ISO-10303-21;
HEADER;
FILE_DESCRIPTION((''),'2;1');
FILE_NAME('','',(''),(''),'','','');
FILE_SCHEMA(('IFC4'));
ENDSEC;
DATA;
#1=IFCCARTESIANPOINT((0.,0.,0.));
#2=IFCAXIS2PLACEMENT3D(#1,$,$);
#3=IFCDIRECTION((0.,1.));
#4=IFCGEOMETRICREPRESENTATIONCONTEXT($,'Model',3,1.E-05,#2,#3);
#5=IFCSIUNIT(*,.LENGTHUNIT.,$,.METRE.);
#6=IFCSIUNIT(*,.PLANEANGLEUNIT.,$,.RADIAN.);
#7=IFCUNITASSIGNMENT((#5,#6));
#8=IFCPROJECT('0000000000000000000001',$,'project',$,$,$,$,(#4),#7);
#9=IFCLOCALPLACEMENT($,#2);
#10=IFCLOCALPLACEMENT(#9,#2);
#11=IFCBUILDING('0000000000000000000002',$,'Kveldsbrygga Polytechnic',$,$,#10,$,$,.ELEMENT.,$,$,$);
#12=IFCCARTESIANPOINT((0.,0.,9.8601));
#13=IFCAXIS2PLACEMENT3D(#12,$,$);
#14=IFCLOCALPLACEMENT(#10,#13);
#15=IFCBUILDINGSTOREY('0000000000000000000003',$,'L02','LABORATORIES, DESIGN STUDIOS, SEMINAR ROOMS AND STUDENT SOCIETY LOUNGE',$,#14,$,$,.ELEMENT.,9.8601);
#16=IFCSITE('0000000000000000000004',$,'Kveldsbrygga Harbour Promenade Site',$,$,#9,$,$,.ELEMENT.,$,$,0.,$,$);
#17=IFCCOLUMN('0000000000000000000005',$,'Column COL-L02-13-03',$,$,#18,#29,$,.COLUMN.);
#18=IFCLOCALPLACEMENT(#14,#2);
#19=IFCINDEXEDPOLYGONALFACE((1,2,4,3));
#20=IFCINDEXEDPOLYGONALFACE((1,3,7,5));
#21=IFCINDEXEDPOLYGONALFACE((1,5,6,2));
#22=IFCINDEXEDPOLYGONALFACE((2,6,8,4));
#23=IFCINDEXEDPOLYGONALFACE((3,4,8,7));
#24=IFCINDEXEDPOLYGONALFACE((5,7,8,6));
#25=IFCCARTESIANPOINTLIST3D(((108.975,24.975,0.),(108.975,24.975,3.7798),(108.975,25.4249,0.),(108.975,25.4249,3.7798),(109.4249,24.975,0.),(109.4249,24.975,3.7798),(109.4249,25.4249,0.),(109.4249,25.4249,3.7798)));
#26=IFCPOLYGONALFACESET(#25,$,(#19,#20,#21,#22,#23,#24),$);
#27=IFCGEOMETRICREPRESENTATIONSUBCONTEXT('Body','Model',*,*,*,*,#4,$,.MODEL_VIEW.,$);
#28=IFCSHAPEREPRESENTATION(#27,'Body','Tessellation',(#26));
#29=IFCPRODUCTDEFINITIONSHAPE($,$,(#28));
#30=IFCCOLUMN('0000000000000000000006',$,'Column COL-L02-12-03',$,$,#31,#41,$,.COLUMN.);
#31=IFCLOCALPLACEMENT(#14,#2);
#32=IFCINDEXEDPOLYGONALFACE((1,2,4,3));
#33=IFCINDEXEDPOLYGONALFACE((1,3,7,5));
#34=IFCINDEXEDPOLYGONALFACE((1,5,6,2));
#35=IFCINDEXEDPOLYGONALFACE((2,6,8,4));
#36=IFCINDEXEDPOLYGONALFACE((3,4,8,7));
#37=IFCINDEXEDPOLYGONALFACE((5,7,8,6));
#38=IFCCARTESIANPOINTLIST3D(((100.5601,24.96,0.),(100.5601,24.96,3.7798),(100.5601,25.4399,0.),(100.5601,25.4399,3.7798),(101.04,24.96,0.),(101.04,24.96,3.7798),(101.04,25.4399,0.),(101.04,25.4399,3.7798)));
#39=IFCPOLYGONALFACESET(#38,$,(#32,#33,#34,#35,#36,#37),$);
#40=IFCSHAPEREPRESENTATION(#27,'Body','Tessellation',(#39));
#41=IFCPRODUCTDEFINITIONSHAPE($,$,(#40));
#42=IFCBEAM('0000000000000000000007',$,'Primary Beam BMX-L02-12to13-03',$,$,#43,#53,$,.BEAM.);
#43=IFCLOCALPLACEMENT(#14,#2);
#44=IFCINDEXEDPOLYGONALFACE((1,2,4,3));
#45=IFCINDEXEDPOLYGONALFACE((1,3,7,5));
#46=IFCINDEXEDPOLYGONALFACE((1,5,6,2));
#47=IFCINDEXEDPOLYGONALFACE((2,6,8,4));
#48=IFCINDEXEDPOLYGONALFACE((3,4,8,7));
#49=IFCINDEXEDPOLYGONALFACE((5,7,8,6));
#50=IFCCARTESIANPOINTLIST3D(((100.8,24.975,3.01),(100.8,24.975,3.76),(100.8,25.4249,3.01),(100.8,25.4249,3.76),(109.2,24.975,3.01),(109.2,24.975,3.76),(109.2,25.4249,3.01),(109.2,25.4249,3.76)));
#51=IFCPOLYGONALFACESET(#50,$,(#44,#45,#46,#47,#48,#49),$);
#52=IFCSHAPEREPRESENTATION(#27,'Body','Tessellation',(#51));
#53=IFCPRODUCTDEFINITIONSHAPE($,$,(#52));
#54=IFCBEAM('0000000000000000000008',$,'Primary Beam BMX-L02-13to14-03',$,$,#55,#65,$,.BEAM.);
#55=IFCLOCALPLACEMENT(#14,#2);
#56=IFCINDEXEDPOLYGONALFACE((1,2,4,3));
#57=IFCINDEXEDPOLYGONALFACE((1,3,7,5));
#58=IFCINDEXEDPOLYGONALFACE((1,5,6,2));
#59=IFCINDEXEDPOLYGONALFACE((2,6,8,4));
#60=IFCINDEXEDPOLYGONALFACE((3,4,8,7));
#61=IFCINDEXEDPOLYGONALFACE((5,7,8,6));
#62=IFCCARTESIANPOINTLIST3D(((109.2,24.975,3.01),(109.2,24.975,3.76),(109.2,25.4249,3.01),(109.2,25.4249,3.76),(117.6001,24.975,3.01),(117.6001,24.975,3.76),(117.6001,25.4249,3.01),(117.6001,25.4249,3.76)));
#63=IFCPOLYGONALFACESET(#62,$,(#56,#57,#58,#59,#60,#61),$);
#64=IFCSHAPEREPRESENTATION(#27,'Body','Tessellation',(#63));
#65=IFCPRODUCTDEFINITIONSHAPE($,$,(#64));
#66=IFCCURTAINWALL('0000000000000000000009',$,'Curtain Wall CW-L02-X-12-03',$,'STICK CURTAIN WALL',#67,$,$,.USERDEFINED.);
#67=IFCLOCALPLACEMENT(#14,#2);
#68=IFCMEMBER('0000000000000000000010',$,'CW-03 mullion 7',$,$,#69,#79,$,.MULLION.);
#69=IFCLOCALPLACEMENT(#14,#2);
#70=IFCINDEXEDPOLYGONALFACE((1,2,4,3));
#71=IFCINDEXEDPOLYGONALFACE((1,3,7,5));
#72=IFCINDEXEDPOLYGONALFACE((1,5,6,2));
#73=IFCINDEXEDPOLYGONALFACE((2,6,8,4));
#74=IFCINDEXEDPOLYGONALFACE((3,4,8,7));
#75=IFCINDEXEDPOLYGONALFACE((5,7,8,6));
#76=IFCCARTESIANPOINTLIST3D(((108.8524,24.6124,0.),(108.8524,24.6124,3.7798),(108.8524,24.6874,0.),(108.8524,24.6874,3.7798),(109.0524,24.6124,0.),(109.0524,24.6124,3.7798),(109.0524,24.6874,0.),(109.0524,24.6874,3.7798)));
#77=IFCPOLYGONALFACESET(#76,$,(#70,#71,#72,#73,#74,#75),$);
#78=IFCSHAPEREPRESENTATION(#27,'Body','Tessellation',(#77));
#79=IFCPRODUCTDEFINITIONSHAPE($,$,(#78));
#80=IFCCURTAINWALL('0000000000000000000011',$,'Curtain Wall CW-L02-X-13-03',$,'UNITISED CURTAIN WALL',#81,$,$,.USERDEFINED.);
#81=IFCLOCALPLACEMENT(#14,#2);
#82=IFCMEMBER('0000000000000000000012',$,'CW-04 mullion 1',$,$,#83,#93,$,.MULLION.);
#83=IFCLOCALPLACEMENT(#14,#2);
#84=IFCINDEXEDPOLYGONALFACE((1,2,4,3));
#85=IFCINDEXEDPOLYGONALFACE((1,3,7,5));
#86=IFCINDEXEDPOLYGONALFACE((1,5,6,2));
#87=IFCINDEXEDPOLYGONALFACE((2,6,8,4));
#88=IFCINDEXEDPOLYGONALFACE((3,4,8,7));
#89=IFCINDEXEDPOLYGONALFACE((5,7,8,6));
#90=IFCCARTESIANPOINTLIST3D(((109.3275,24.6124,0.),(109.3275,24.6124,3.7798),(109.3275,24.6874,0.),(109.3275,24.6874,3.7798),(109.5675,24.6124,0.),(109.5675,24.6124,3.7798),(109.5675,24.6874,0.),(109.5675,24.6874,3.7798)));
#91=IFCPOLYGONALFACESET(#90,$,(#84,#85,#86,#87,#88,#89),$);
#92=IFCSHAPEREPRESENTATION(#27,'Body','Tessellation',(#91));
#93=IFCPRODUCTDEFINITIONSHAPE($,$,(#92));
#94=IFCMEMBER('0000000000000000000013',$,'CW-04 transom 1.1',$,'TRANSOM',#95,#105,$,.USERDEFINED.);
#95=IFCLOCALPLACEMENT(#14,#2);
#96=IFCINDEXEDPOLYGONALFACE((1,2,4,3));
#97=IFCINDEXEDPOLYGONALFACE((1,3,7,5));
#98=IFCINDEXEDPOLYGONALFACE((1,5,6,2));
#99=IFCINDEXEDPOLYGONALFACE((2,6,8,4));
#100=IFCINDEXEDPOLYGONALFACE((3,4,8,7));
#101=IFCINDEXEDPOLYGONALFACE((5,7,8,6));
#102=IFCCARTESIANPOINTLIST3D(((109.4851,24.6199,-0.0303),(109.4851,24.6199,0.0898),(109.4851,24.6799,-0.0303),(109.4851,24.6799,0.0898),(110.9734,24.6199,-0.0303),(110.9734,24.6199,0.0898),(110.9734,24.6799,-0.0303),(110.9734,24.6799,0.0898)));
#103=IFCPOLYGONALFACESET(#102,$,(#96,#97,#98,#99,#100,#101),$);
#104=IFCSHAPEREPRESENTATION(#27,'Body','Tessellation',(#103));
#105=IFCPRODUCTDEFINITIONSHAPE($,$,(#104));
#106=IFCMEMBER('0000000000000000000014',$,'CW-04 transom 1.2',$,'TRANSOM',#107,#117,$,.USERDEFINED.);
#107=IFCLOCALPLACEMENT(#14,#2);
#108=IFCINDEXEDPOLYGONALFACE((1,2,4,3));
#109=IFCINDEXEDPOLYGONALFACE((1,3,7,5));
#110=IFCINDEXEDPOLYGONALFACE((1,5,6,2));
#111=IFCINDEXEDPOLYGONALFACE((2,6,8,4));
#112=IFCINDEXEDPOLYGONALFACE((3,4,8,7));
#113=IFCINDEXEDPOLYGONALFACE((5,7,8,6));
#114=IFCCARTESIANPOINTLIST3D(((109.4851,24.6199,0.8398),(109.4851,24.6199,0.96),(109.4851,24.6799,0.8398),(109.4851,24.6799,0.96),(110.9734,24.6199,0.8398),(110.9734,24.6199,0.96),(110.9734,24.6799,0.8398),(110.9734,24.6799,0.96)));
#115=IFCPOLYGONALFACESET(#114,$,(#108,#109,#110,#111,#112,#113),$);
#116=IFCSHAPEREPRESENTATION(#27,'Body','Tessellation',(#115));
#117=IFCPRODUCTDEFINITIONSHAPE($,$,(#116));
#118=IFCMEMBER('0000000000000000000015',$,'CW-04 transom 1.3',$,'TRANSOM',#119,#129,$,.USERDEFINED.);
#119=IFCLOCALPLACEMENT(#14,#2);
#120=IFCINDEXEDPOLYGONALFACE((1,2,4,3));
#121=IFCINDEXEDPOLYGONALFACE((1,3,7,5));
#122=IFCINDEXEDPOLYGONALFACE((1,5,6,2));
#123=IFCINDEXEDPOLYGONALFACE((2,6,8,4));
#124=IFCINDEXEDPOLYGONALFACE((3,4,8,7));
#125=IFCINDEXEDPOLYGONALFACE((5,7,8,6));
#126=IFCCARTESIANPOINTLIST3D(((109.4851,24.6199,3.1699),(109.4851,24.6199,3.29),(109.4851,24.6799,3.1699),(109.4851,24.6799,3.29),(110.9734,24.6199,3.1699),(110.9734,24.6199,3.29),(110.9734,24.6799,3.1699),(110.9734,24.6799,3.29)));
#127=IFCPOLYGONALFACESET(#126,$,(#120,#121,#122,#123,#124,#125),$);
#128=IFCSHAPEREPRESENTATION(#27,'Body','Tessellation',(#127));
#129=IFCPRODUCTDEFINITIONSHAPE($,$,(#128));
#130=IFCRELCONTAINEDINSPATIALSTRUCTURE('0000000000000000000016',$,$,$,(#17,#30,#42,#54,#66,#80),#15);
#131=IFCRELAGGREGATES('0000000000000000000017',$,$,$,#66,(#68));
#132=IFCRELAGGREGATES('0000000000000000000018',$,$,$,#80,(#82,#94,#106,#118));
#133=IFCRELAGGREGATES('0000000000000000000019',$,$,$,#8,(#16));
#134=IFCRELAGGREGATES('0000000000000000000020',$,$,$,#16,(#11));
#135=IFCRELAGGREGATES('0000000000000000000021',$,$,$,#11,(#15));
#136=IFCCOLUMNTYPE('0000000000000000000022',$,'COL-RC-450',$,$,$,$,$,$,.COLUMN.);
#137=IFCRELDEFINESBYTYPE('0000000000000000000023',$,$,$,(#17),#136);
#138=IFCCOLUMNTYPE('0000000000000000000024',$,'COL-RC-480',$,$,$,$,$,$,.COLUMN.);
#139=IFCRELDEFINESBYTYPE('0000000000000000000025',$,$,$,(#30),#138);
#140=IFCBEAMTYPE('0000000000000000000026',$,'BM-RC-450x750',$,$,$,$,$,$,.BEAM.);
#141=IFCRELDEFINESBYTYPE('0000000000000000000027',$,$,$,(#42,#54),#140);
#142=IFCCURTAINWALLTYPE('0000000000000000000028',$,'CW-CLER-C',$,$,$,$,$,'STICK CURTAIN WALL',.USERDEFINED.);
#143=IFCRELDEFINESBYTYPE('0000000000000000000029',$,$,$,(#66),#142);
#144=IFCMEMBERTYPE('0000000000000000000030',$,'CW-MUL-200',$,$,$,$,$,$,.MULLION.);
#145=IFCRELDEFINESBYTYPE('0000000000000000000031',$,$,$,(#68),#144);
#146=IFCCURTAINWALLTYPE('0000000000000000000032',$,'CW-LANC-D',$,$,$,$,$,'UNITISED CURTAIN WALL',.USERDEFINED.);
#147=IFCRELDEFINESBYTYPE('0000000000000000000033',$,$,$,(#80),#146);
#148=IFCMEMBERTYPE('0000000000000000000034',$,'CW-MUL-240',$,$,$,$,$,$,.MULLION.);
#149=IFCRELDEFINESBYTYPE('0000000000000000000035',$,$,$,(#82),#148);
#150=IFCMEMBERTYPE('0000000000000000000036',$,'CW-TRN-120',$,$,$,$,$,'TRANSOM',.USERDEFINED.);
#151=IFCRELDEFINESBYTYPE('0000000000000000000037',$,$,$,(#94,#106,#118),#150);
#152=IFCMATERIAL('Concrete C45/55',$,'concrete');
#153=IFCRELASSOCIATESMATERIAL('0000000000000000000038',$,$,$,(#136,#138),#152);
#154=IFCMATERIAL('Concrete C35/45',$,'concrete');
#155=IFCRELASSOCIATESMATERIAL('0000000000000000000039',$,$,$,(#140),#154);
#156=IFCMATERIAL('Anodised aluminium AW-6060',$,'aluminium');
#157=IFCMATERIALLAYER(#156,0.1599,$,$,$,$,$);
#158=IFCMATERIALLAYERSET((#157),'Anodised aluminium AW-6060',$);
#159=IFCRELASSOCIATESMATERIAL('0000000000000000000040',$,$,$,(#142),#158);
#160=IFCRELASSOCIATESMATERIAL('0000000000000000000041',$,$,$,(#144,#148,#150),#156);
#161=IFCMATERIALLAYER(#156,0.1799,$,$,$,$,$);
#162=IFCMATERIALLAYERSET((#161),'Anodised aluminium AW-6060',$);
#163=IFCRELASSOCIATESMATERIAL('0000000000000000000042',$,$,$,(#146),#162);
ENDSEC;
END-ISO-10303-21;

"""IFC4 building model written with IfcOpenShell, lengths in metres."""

from ifc_helpers import new_model, si_unit, direction, frame, origin, origin_2d, place, context, subcontext, project, spatial, rectangle, extrude, material, layer, layer_set, material_profile, profile_set, type_object, element, aggregate, save


model = new_model("IFC4")

# Units and contexts
model_context = context("Model", 3, precision=1e-05, world=origin(), true_north=direction((0.0, 1.0)))
body_context = subcontext(model_context, "Body", "Model", "MODEL_VIEW")
ifc_project = project(units=[si_unit("LENGTHUNIT", "METRE"), si_unit("PLANEANGLEUNIT", "RADIAN")], contexts=[model_context])

# Site, building, storey
site_placement = place(None, origin())
site = spatial("IfcSite", under=ifc_project, at=site_placement, Name="Kveldsbrygga Harbour Promenade Site", CompositionType="ELEMENT", RefElevation=0.0)
building_placement = place(site_placement, origin())
building = spatial("IfcBuilding", under=site, at=building_placement, Name="Kveldsbrygga Polytechnic", CompositionType="ELEMENT")
storey_placement = place(building_placement, frame((0.0, 0.0, 9.8601)))
storey = spatial("IfcBuildingStorey", under=building, at=storey_placement, Name="L02", Description="LABORATORIES, DESIGN STUDIOS, SEMINAR ROOMS AND STUDENT SOCIETY LOUNGE", CompositionType="ELEMENT", Elevation=9.8601)

# Columns
ifc_material_1 = material(Name="Concrete C45/55", Category="concrete")
ifc_material_profile_1 = material_profile(ifc_material_1, rectangle(XDim=0.45, YDim=0.45, at=origin_2d()), Name="RC 450x450")
ifc_profile_set_1 = profile_set([ifc_material_profile_1], Name="Concrete C45/55")
column_type_1 = type_object("IfcColumnType", Name="COL-RC-450", PredefinedType="COLUMN", material=ifc_profile_set_1)
column_1_placement = place(storey_placement, frame((109.2, 25.2, 0.0), z_axis=(0.0, 0.0, 1.0), x_axis=(1.0, 0.0, 0.0)))
element("IfcColumn", 1, at=column_1_placement, inside=storey, type_object=column_type_1, Name="Column COL-L02-13-03", PredefinedType="COLUMN", context=body_context, shape_type="SweptSolid", body=[
    extrude(rectangle(XDim=0.45, YDim=0.45, at=origin_2d()), origin(), (0.0, 0.0, 1.0), 3.7798),
])
ifc_material_profile_2 = material_profile(ifc_material_1, rectangle(XDim=0.48, YDim=0.48, at=origin_2d()), Name="RC 480x480")
ifc_profile_set_2 = profile_set([ifc_material_profile_2], Name="Concrete C45/55")
column_type_2 = type_object("IfcColumnType", Name="COL-RC-480", PredefinedType="COLUMN", material=ifc_profile_set_2)
column_2_placement = place(storey_placement, frame((100.8, 25.2, 0.0), z_axis=(0.0, 0.0, 1.0), x_axis=(1.0, 0.0, 0.0)))
element("IfcColumn", 2, at=column_2_placement, inside=storey, type_object=column_type_2, Name="Column COL-L02-12-03", PredefinedType="COLUMN", context=body_context, shape_type="SweptSolid", body=[
    extrude(rectangle(XDim=0.48, YDim=0.48, at=origin_2d()), origin(), (0.0, 0.0, 1.0), 3.7798),
])

# Beams
ifc_material_2 = material(Name="Concrete C35/45", Category="concrete")
ifc_material_profile_3 = material_profile(ifc_material_2, rectangle(XDim=0.45, YDim=0.75, at=origin_2d()), Name="RC 450x750")
ifc_profile_set_3 = profile_set([ifc_material_profile_3], Name="Concrete C35/45")
beam_type = type_object("IfcBeamType", Name="BM-RC-450x750", PredefinedType="BEAM", material=ifc_profile_set_3)
beam_1_placement = place(storey_placement, frame((100.8, 25.2, 3.385), z_axis=(1.0, 0.0, 0.0), x_axis=(0.0, 1.0, 0.0)))
element("IfcBeam", 3, at=beam_1_placement, inside=storey, type_object=beam_type, Name="Primary Beam BMX-L02-12to13-03", PredefinedType="BEAM", context=body_context, shape_type="SweptSolid", body=[
    extrude(rectangle(XDim=0.45, YDim=0.75, at=origin_2d()), origin(), (0.0, 0.0, 1.0), 8.3999),
])
beam_2_placement = place(storey_placement, frame((109.2, 25.2, 3.385), z_axis=(1.0, 0.0, 0.0), x_axis=(0.0, 1.0, 0.0)))
element("IfcBeam", 4, at=beam_2_placement, inside=storey, type_object=beam_type, Name="Primary Beam BMX-L02-13to14-03", PredefinedType="BEAM", context=body_context, shape_type="SweptSolid", body=[
    extrude(rectangle(XDim=0.45, YDim=0.75, at=origin_2d()), origin(), (0.0, 0.0, 1.0), 8.4001),
])

# Curtain wall, member
ifc_material_3 = material(Name="Anodised aluminium AW-6060", Category="aluminium")
ifc_layer_1 = layer(ifc_material_3, 0.1599)
ifc_layer_set_1 = layer_set([ifc_layer_1], Name="Anodised aluminium AW-6060")
curtain_wall_type_1 = type_object("IfcCurtainWallType", Name="CW-CLER-C", ElementType="STICK CURTAIN WALL", PredefinedType="USERDEFINED", material=ifc_layer_set_1)
curtain_wall_1_placement = place(storey_placement, origin())
curtain_wall_1 = element("IfcCurtainWall", 5, at=curtain_wall_1_placement, inside=storey, type_object=curtain_wall_type_1, Name="Curtain Wall CW-L02-X-12-03", ObjectType="STICK CURTAIN WALL", PredefinedType="USERDEFINED")
ifc_material_profile_4 = material_profile(ifc_material_3, rectangle(XDim=0.075, YDim=0.2, at=origin_2d()), Name="ALU 75x200")
ifc_profile_set_4 = profile_set([ifc_material_profile_4], Name="Anodised aluminium AW-6060")
member_type_1 = type_object("IfcMemberType", Name="CW-MUL-200", PredefinedType="MULLION", material=ifc_profile_set_4)
member_1_placement = place(storey_placement, frame((108.9524, 24.6499, 0.0), z_axis=(0.0, 0.0, 1.0), x_axis=(0.0, 1.0, 0.0)))
member_1 = element("IfcMember", 6, at=member_1_placement, type_object=member_type_1, Name="CW-03 mullion 7", PredefinedType="MULLION", context=body_context, shape_type="SweptSolid", body=[
    extrude(rectangle(XDim=0.075, YDim=0.2, at=origin_2d()), origin(), (0.0, 0.0, 1.0), 3.7798),
])
aggregate(curtain_wall_1, [member_1])

# Curtain wall, members
ifc_layer_2 = layer(ifc_material_3, 0.1799)
ifc_layer_set_2 = layer_set([ifc_layer_2], Name="Anodised aluminium AW-6060")
curtain_wall_type_2 = type_object("IfcCurtainWallType", Name="CW-LANC-D", ElementType="UNITISED CURTAIN WALL", PredefinedType="USERDEFINED", material=ifc_layer_set_2)
curtain_wall_2_placement = place(storey_placement, origin())
curtain_wall_2 = element("IfcCurtainWall", 7, at=curtain_wall_2_placement, inside=storey, type_object=curtain_wall_type_2, Name="Curtain Wall CW-L02-X-13-03", ObjectType="UNITISED CURTAIN WALL", PredefinedType="USERDEFINED")
ifc_material_profile_5 = material_profile(ifc_material_3, rectangle(XDim=0.075, YDim=0.24, at=origin_2d()), Name="ALU 75x240")
ifc_profile_set_5 = profile_set([ifc_material_profile_5], Name="Anodised aluminium AW-6060")
member_type_2 = type_object("IfcMemberType", Name="CW-MUL-240", PredefinedType="MULLION", material=ifc_profile_set_5)
member_2_placement = place(storey_placement, frame((109.4475, 24.6499, 0.0), z_axis=(0.0, 0.0, 1.0), x_axis=(0.0, 1.0, 0.0)))
member_2 = element("IfcMember", 8, at=member_2_placement, type_object=member_type_2, Name="CW-04 mullion 1", PredefinedType="MULLION", context=body_context, shape_type="SweptSolid", body=[
    extrude(rectangle(XDim=0.075, YDim=0.24, at=origin_2d()), origin(), (0.0, 0.0, 1.0), 3.7798),
])
ifc_material_profile_6 = material_profile(ifc_material_3, rectangle(XDim=0.0601, YDim=0.1201, at=origin_2d()), Name="ALU 60x120")
ifc_profile_set_6 = profile_set([ifc_material_profile_6], Name="Anodised aluminium AW-6060")
member_type_3 = type_object("IfcMemberType", Name="CW-TRN-120", ElementType="TRANSOM", PredefinedType="USERDEFINED", material=ifc_profile_set_6)
member_3_placement = place(storey_placement, frame((109.4851, 24.6499, 0.0298), z_axis=(1.0, 0.0, 0.0), x_axis=(0.0, 1.0, 0.0)))
member_3 = element("IfcMember", 9, at=member_3_placement, type_object=member_type_3, Name="CW-04 transom 1.1", ObjectType="TRANSOM", PredefinedType="USERDEFINED", context=body_context, shape_type="SweptSolid", body=[
    extrude(rectangle(XDim=0.0601, YDim=0.1201, at=origin_2d()), origin(), (0.0, 0.0, 1.0), 1.4883),
])
member_4_placement = place(storey_placement, frame((109.4851, 24.6499, 0.8999), z_axis=(1.0, 0.0, 0.0), x_axis=(0.0, 1.0, 0.0)))
member_4 = element("IfcMember", 10, at=member_4_placement, type_object=member_type_3, Name="CW-04 transom 1.2", ObjectType="TRANSOM", PredefinedType="USERDEFINED", context=body_context, shape_type="SweptSolid", body=[
    extrude(rectangle(XDim=0.0601, YDim=0.1201, at=origin_2d()), origin(), (0.0, 0.0, 1.0), 1.4883),
])
member_5_placement = place(storey_placement, frame((109.4851, 24.6499, 3.23), z_axis=(1.0, 0.0, 0.0), x_axis=(0.0, 1.0, 0.0)))
member_5 = element("IfcMember", 11, at=member_5_placement, type_object=member_type_3, Name="CW-04 transom 1.3", ObjectType="TRANSOM", PredefinedType="USERDEFINED", context=body_context, shape_type="SweptSolid", body=[
    extrude(rectangle(XDim=0.0601, YDim=0.1201, at=origin_2d()), origin(), (0.0, 0.0, 1.0), 1.4883),
])
aggregate(curtain_wall_2, [member_2, member_3, member_4, member_5])

save(model, "model.ifc")
